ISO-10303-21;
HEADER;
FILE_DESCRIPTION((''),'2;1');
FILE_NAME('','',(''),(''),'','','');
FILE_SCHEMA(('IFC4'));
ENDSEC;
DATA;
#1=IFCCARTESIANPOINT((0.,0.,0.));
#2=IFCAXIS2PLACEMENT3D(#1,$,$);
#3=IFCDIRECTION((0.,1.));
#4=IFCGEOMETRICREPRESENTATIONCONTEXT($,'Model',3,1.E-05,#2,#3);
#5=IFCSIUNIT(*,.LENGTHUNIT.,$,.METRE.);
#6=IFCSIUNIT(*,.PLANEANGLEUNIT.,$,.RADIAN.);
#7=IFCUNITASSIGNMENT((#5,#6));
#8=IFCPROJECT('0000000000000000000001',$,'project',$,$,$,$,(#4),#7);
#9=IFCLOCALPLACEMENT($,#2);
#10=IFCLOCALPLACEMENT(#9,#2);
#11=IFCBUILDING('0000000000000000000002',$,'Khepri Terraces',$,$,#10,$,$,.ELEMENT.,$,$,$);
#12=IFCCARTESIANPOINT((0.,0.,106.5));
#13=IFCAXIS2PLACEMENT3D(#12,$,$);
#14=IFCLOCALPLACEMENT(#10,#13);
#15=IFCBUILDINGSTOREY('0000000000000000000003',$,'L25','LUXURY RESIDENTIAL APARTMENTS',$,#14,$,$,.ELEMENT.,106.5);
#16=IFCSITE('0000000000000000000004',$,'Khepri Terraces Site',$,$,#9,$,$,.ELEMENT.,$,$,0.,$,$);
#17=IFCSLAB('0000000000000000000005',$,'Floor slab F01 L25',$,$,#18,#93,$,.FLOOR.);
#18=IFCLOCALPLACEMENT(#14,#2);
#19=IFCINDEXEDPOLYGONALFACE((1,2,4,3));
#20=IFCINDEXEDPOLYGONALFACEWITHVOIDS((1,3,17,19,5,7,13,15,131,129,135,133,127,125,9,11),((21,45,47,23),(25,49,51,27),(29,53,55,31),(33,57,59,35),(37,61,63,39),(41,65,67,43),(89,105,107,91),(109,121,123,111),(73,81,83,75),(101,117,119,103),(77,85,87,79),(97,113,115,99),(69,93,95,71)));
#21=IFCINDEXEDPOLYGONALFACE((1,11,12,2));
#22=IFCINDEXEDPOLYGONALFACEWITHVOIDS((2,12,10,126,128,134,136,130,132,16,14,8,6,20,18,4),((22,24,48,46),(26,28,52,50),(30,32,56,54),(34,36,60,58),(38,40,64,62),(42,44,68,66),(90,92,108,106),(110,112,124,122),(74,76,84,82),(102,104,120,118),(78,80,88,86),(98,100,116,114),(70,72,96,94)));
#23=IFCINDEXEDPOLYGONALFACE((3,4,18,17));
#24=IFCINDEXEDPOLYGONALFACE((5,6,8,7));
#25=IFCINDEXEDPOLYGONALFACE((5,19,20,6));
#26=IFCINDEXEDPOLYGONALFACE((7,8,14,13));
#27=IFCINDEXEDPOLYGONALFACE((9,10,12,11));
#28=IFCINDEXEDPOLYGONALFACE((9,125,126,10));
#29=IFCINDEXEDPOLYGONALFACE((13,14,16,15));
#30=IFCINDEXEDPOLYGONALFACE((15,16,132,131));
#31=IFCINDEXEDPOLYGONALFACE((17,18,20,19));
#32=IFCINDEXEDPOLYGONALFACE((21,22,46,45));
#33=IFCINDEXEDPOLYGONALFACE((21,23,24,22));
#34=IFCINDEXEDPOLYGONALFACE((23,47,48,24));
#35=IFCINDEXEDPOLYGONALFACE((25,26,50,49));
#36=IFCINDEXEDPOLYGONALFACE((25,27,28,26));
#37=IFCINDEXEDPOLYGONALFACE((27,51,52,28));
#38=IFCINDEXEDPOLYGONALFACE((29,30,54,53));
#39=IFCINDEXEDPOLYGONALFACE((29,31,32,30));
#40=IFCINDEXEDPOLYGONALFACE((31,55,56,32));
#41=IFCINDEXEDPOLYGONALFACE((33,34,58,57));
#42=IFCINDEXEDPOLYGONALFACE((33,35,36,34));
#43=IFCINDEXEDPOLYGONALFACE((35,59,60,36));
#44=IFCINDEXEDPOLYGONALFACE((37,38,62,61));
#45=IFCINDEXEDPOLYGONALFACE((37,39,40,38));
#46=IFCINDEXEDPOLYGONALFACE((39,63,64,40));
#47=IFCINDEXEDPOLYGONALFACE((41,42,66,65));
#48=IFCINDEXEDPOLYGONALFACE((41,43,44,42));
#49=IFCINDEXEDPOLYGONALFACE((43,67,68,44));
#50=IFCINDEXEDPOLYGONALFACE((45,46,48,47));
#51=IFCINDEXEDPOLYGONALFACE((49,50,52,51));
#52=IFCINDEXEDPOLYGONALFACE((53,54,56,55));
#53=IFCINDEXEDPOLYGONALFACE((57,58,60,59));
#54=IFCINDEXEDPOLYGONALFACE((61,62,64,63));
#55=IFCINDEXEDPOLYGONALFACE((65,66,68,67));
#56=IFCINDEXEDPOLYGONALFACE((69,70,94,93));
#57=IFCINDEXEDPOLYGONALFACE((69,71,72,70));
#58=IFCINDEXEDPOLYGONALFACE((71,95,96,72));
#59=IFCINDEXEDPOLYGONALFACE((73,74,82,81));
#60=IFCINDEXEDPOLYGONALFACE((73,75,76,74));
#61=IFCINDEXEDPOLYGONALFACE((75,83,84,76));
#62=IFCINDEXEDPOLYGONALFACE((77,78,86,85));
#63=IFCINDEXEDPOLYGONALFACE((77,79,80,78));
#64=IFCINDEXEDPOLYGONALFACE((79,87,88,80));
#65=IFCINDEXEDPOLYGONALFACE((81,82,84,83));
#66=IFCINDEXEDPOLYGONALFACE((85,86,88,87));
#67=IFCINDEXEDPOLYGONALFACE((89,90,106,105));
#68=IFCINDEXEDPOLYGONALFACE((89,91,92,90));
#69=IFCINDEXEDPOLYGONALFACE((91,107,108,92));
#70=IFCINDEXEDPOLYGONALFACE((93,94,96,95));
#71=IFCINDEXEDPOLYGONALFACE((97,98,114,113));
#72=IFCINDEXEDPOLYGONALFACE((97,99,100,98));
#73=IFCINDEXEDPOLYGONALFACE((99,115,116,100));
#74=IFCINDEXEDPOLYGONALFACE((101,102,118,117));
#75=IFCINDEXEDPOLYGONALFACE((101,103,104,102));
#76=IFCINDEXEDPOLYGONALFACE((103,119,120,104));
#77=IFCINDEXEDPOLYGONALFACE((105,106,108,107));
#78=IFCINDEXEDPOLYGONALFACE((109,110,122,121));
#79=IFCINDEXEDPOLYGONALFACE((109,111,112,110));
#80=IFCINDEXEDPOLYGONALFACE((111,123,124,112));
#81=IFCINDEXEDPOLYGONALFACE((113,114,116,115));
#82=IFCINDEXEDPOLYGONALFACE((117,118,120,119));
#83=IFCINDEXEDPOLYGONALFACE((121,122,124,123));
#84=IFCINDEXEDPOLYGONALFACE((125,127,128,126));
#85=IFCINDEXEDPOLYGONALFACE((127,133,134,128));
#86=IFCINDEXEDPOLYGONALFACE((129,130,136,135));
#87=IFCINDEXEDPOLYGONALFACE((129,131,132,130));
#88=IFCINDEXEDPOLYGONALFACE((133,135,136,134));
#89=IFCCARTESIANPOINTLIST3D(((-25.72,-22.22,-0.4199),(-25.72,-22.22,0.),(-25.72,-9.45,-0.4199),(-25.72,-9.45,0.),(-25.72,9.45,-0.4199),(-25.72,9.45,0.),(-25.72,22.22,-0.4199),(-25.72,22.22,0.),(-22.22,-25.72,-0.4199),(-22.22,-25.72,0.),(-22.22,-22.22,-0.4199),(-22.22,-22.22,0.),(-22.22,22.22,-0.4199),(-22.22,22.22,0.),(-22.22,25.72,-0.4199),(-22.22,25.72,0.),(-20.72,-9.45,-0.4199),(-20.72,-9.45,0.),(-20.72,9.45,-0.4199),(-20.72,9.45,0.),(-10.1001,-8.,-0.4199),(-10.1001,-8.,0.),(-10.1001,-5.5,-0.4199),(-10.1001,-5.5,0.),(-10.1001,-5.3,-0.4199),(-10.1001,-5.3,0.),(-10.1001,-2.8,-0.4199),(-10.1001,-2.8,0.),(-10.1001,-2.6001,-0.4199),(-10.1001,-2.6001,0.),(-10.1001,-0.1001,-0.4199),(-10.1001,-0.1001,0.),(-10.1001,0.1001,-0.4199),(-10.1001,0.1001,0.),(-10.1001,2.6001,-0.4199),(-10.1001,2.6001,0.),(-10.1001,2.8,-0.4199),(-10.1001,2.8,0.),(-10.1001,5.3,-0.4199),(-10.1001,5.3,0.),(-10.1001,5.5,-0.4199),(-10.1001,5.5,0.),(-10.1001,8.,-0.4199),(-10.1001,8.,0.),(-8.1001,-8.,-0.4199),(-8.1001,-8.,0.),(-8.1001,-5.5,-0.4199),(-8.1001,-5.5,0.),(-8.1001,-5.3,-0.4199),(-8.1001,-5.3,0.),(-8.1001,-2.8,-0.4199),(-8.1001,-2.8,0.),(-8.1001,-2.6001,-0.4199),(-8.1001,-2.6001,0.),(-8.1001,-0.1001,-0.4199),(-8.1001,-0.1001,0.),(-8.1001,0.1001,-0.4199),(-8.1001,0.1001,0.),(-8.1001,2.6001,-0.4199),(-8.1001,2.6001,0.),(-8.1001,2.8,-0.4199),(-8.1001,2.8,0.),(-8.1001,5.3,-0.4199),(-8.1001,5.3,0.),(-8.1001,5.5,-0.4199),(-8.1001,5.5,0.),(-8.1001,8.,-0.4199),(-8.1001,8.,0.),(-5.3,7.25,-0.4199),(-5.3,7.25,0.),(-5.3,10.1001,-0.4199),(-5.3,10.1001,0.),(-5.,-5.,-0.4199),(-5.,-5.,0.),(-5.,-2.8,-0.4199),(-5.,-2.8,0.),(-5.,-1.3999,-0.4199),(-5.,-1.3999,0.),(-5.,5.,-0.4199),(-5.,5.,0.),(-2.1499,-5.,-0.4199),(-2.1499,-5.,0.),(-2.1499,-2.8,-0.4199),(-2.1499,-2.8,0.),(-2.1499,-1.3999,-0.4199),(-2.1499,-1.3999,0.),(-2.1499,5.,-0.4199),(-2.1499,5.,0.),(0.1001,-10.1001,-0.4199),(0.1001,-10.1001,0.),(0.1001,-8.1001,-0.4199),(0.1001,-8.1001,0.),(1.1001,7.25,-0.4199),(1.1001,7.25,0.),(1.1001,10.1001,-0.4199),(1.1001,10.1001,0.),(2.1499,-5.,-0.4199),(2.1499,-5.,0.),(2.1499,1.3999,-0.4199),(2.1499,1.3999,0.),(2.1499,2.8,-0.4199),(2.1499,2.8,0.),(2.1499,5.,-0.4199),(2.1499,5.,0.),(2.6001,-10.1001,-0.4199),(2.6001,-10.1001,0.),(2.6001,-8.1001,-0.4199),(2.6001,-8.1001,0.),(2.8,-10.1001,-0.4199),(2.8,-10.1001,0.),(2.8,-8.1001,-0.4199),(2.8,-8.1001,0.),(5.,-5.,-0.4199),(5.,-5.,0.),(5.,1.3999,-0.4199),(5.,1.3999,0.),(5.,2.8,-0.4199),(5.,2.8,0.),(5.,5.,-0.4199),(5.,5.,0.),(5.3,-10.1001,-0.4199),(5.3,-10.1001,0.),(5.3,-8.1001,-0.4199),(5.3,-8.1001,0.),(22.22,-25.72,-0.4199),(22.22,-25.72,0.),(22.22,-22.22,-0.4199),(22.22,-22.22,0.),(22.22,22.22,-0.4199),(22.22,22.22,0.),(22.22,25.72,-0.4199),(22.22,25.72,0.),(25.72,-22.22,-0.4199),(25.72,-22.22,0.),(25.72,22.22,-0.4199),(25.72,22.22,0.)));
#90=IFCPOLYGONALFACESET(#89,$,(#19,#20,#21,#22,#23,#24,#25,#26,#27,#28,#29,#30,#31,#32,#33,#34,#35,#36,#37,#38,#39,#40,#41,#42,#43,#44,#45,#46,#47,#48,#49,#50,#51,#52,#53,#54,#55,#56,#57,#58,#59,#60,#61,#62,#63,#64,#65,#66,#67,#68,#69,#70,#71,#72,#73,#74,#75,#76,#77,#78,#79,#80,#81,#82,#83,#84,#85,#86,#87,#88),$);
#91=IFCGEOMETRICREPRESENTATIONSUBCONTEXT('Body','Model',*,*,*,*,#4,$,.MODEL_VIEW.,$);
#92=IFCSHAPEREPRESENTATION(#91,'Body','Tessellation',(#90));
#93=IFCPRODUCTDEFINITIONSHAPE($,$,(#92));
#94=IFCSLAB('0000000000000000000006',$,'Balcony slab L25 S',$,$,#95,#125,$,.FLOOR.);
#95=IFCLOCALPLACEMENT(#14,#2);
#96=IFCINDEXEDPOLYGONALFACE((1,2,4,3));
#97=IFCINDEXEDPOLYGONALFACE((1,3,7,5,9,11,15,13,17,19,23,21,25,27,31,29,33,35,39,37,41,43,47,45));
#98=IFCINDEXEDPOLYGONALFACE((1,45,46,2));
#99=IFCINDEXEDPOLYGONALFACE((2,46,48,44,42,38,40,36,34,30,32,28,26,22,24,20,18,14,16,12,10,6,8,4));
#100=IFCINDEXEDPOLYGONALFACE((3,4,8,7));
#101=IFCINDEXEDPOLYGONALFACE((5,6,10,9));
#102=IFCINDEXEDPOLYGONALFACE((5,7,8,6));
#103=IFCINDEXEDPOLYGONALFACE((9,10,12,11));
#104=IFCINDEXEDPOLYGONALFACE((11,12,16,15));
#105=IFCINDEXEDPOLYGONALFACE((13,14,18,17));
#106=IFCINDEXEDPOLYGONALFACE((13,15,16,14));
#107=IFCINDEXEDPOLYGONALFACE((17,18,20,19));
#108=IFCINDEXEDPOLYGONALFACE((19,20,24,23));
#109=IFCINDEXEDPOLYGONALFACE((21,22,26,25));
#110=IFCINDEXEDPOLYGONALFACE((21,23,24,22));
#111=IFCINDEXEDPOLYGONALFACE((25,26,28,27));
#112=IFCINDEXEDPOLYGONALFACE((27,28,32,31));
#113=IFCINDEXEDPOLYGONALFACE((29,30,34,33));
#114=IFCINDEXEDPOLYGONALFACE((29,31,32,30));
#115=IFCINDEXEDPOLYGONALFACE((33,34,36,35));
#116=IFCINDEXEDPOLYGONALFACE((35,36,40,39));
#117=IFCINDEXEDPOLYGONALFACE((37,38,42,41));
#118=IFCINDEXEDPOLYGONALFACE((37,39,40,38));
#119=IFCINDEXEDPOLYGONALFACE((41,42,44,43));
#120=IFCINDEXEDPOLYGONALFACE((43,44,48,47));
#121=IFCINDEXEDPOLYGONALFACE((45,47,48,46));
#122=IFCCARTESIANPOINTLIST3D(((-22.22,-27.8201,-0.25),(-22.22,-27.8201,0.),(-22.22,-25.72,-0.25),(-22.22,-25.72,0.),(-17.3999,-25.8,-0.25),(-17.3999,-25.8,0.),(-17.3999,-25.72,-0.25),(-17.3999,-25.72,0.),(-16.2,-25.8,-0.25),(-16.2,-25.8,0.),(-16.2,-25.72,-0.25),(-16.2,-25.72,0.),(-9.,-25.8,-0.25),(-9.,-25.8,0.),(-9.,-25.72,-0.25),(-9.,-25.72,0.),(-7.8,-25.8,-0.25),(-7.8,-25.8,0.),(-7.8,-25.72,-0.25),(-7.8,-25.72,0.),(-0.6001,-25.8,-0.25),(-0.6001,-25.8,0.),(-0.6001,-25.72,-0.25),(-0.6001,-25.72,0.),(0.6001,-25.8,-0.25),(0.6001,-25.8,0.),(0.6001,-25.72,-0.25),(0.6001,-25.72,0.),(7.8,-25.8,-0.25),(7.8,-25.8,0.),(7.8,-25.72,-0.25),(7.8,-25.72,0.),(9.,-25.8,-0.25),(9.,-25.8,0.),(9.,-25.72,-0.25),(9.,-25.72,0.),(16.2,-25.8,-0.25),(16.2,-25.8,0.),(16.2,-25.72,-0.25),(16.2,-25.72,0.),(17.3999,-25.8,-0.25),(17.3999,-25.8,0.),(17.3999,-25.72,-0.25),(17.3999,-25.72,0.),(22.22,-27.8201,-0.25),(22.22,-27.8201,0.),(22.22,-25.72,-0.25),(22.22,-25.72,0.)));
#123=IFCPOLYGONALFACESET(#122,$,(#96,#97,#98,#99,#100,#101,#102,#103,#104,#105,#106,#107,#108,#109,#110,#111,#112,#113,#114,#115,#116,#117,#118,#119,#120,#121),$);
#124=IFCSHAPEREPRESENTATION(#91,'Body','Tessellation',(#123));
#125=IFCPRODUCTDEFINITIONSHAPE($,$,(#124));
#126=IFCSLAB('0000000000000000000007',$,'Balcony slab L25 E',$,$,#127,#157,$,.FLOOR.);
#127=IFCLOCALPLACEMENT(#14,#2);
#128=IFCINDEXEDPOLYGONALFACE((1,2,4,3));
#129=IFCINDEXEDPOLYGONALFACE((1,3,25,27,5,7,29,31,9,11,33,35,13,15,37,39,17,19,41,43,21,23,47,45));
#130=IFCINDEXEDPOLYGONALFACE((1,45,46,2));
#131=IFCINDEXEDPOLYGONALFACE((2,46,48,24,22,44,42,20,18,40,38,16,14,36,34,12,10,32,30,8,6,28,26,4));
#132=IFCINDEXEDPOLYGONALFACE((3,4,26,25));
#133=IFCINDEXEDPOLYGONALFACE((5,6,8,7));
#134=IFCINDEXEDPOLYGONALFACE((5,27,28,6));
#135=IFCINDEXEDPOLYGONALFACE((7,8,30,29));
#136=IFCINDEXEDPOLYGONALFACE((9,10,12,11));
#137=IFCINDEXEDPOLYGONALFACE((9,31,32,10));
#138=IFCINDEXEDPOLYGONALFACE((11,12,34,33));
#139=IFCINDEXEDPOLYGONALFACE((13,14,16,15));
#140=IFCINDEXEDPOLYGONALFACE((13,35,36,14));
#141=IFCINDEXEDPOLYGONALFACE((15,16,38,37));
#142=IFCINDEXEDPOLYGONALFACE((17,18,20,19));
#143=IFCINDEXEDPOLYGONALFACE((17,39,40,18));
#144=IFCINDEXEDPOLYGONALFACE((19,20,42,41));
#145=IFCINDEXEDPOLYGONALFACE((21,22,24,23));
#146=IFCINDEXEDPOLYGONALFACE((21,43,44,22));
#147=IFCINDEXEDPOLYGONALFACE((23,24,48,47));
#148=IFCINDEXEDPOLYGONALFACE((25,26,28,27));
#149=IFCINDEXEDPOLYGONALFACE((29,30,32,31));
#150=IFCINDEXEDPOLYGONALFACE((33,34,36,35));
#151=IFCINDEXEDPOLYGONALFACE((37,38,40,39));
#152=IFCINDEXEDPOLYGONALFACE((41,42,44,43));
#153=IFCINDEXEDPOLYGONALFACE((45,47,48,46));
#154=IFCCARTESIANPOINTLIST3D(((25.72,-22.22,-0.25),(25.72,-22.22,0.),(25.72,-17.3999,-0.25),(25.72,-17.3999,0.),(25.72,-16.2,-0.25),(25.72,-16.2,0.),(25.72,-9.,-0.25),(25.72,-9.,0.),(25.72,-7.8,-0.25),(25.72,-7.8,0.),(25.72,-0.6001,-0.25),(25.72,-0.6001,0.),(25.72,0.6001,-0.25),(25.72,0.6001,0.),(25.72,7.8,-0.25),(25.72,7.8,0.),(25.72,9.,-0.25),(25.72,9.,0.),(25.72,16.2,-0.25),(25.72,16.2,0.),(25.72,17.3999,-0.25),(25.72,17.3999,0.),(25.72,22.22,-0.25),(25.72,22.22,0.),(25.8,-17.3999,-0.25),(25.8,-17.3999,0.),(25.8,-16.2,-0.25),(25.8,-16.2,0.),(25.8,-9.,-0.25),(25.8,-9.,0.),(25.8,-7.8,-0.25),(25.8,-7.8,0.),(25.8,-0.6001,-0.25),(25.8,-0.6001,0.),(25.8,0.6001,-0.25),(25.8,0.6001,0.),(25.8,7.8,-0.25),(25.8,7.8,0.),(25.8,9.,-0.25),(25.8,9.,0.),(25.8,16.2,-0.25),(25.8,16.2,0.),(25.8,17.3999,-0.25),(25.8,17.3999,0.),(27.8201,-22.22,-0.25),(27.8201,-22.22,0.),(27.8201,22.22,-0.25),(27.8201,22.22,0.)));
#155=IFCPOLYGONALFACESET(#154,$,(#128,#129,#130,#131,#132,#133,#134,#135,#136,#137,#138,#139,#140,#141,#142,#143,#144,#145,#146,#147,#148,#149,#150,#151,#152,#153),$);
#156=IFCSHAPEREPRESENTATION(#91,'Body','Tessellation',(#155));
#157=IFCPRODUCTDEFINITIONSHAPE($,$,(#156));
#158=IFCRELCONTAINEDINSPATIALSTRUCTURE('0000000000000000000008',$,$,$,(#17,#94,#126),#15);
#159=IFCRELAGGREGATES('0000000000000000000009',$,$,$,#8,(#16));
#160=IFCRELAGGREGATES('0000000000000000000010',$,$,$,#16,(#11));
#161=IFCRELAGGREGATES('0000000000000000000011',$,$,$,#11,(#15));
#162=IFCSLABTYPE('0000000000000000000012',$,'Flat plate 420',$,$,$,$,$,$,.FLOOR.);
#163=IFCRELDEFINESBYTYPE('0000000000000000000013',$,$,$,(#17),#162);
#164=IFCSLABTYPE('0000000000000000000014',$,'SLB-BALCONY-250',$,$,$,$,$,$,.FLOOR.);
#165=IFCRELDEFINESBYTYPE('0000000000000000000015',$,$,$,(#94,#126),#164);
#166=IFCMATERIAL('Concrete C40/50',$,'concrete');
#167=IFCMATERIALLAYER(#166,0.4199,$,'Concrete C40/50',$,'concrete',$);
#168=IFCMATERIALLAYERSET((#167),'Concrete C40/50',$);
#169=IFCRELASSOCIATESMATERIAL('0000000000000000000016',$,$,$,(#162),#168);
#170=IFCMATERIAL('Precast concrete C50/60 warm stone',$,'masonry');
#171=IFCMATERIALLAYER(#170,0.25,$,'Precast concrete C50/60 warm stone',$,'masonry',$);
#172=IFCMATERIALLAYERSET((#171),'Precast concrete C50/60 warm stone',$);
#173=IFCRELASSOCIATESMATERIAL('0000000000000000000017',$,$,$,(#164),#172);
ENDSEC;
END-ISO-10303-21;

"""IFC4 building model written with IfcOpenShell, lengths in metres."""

from ifc_helpers import new_model, si_unit, direction, frame, origin, place, context, subcontext, project, spatial, polyline, outline, extrude, material, layer, layer_set, type_object, element, save


model = new_model("IFC4")

# Units and contexts
model_context = context("Model", 3, precision=1e-05, world=origin(), true_north=direction((0.0, 1.0)))
body_context = subcontext(model_context, "Body", "Model", "MODEL_VIEW")
ifc_project = project(units=[si_unit("LENGTHUNIT", "METRE"), si_unit("PLANEANGLEUNIT", "RADIAN")], contexts=[model_context])

# Site, building, storey
site_placement = place(None, origin())
site = spatial("IfcSite", under=ifc_project, at=site_placement, Name="Khepri Terraces Site", CompositionType="ELEMENT", RefElevation=0.0)
building_placement = place(site_placement, origin())
building = spatial("IfcBuilding", under=site, at=building_placement, Name="Khepri Terraces", CompositionType="ELEMENT")
storey_placement = place(building_placement, frame((0.0, 0.0, 106.5)))
storey = spatial("IfcBuildingStorey", under=building, at=storey_placement, Name="L25", Description="LUXURY RESIDENTIAL APARTMENTS", CompositionType="ELEMENT", Elevation=106.5)

# Slabs
ifc_material_1 = material(Name="Concrete C40/50", Category="concrete")
ifc_layer_1 = layer(ifc_material_1, 0.4199, Name="Concrete C40/50", Category="concrete")
ifc_layer_set_1 = layer_set([ifc_layer_1], Name="Concrete C40/50")
slab_type_1 = type_object("IfcSlabType", Name="Flat plate 420", PredefinedType="FLOOR", material=ifc_layer_set_1)
slab_1_placement = place(storey_placement, frame((0.0, 0.0, -0.4199)))
element("IfcSlab", 1, at=slab_1_placement, inside=storey, type_object=slab_type_1, Name="Floor slab F01 L25", PredefinedType="FLOOR", context=body_context, shape_type="SweptSolid", body=[
    extrude(outline(polyline([(22.22, 22.22), (25.72, 22.22), (25.72, -22.22), (22.22, -22.22), (22.22, -25.72), (-22.22, -25.72), (-22.22, -22.22), (-25.72, -22.22), (-25.72, -9.45), (-20.72, -9.45), (-20.72, 9.45), (-25.72, 9.45), (-25.72, 22.22), (-22.22, 22.22), (-22.22, 25.72), (22.22, 25.72), (22.22, 22.22)]), holes=[polyline([(5.0, 5.0), (2.1499, 5.0), (2.1499, 2.8), (5.0, 2.8), (5.0, 5.0)]), polyline([(-2.1499, -5.0), (-2.1499, -2.8), (-5.0, -2.8), (-5.0, -5.0), (-2.1499, -5.0)]), polyline([(-10.1001, -8.0), (-8.1001, -8.0), (-8.1001, -5.5), (-10.1001, -5.5), (-10.1001, -8.0)]), polyline([(-10.1001, -2.8), (-10.1001, -5.3), (-8.1001, -5.3), (-8.1001, -2.8), (-10.1001, -2.8)]), polyline([(-8.1001, -0.1001), (-10.1001, -0.1001), (-10.1001, -2.6001), (-8.1001, -2.6001), (-8.1001, -0.1001)]), polyline([(-8.1001, 0.1001), (-8.1001, 2.6001), (-10.1001, 2.6001), (-10.1001, 0.1001), (-8.1001, 0.1001)]), polyline([(-10.1001, 2.8), (-8.1001, 2.8), (-8.1001, 5.3), (-10.1001, 5.3), (-10.1001, 2.8)]), polyline([(-10.1001, 8.0), (-10.1001, 5.5), (-8.1001, 5.5), (-8.1001, 8.0), (-10.1001, 8.0)]), polyline([(2.6001, -8.1001), (0.1001, -8.1001), (0.1001, -10.1001), (2.6001, -10.1001), (2.6001, -8.1001)]), polyline([(5.3, -10.1001), (5.3, -8.1001), (2.8, -8.1001), (2.8, -10.1001), (5.3, -10.1001)]), polyline([(-5.0, -1.3999), (-2.1499, -1.3999), (-2.1499, 5.0), (-5.0, 5.0), (-5.0, -1.3999)]), polyline([(5.0, -5.0), (5.0, 1.3999), (2.1499, 1.3999), (2.1499, -5.0), (5.0, -5.0)]), polyline([(-5.3, 10.1001), (-5.3, 7.25), (1.1001, 7.25), (1.1001, 10.1001), (-5.3, 10.1001)])]), origin(), (0.0, 0.0, 1.0), 0.4199),
])
ifc_material_2 = material(Name="Precast concrete C50/60 warm stone", Category="masonry")
ifc_layer_2 = layer(ifc_material_2, 0.25, Name="Precast concrete C50/60 warm stone", Category="masonry")
ifc_layer_set_2 = layer_set([ifc_layer_2], Name="Precast concrete C50/60 warm stone")
slab_type_2 = type_object("IfcSlabType", Name="SLB-BALCONY-250", PredefinedType="FLOOR", material=ifc_layer_set_2)
slab_2_placement = place(storey_placement, frame((0.0, 0.0, -0.25)))
element("IfcSlab", 2, at=slab_2_placement, inside=storey, type_object=slab_type_2, Name="Balcony slab L25 S", PredefinedType="FLOOR", context=body_context, shape_type="SweptSolid", body=[
    extrude(outline(polyline([(-17.3999, -25.72), (-22.22, -25.72), (-22.22, -27.8201), (22.22, -27.8201), (22.22, -25.72), (17.3999, -25.72), (17.3999, -25.8), (16.2, -25.8), (16.2, -25.72), (9.0, -25.72), (9.0, -25.8), (7.8, -25.8), (7.8, -25.72), (0.6001, -25.72), (0.6001, -25.8), (-0.6001, -25.8), (-0.6001, -25.72), (-7.8, -25.72), (-7.8, -25.8), (-9.0, -25.8), (-9.0, -25.72), (-16.2, -25.72), (-16.2, -25.8), (-17.3999, -25.8), (-17.3999, -25.72)])), origin(), (0.0, 0.0, 1.0), 0.25),
])
slab_3_placement = place(storey_placement, frame((0.0, 0.0, -0.25)))
element("IfcSlab", 3, at=slab_3_placement, inside=storey, type_object=slab_type_2, Name="Balcony slab L25 E", PredefinedType="FLOOR", context=body_context, shape_type="SweptSolid", body=[
    extrude(outline(polyline([(25.72, -17.3999), (25.72, -22.22), (27.8201, -22.22), (27.8201, 22.22), (25.72, 22.22), (25.72, 17.3999), (25.8, 17.3999), (25.8, 16.2), (25.72, 16.2), (25.72, 9.0), (25.8, 9.0), (25.8, 7.8), (25.72, 7.8), (25.72, 0.6001), (25.8, 0.6001), (25.8, -0.6001), (25.72, -0.6001), (25.72, -7.8), (25.8, -7.8), (25.8, -9.0), (25.72, -9.0), (25.72, -16.2), (25.8, -16.2), (25.8, -17.3999), (25.72, -17.3999)])), origin(), (0.0, 0.0, 1.0), 0.25),
])

save(model, "model.ifc")
